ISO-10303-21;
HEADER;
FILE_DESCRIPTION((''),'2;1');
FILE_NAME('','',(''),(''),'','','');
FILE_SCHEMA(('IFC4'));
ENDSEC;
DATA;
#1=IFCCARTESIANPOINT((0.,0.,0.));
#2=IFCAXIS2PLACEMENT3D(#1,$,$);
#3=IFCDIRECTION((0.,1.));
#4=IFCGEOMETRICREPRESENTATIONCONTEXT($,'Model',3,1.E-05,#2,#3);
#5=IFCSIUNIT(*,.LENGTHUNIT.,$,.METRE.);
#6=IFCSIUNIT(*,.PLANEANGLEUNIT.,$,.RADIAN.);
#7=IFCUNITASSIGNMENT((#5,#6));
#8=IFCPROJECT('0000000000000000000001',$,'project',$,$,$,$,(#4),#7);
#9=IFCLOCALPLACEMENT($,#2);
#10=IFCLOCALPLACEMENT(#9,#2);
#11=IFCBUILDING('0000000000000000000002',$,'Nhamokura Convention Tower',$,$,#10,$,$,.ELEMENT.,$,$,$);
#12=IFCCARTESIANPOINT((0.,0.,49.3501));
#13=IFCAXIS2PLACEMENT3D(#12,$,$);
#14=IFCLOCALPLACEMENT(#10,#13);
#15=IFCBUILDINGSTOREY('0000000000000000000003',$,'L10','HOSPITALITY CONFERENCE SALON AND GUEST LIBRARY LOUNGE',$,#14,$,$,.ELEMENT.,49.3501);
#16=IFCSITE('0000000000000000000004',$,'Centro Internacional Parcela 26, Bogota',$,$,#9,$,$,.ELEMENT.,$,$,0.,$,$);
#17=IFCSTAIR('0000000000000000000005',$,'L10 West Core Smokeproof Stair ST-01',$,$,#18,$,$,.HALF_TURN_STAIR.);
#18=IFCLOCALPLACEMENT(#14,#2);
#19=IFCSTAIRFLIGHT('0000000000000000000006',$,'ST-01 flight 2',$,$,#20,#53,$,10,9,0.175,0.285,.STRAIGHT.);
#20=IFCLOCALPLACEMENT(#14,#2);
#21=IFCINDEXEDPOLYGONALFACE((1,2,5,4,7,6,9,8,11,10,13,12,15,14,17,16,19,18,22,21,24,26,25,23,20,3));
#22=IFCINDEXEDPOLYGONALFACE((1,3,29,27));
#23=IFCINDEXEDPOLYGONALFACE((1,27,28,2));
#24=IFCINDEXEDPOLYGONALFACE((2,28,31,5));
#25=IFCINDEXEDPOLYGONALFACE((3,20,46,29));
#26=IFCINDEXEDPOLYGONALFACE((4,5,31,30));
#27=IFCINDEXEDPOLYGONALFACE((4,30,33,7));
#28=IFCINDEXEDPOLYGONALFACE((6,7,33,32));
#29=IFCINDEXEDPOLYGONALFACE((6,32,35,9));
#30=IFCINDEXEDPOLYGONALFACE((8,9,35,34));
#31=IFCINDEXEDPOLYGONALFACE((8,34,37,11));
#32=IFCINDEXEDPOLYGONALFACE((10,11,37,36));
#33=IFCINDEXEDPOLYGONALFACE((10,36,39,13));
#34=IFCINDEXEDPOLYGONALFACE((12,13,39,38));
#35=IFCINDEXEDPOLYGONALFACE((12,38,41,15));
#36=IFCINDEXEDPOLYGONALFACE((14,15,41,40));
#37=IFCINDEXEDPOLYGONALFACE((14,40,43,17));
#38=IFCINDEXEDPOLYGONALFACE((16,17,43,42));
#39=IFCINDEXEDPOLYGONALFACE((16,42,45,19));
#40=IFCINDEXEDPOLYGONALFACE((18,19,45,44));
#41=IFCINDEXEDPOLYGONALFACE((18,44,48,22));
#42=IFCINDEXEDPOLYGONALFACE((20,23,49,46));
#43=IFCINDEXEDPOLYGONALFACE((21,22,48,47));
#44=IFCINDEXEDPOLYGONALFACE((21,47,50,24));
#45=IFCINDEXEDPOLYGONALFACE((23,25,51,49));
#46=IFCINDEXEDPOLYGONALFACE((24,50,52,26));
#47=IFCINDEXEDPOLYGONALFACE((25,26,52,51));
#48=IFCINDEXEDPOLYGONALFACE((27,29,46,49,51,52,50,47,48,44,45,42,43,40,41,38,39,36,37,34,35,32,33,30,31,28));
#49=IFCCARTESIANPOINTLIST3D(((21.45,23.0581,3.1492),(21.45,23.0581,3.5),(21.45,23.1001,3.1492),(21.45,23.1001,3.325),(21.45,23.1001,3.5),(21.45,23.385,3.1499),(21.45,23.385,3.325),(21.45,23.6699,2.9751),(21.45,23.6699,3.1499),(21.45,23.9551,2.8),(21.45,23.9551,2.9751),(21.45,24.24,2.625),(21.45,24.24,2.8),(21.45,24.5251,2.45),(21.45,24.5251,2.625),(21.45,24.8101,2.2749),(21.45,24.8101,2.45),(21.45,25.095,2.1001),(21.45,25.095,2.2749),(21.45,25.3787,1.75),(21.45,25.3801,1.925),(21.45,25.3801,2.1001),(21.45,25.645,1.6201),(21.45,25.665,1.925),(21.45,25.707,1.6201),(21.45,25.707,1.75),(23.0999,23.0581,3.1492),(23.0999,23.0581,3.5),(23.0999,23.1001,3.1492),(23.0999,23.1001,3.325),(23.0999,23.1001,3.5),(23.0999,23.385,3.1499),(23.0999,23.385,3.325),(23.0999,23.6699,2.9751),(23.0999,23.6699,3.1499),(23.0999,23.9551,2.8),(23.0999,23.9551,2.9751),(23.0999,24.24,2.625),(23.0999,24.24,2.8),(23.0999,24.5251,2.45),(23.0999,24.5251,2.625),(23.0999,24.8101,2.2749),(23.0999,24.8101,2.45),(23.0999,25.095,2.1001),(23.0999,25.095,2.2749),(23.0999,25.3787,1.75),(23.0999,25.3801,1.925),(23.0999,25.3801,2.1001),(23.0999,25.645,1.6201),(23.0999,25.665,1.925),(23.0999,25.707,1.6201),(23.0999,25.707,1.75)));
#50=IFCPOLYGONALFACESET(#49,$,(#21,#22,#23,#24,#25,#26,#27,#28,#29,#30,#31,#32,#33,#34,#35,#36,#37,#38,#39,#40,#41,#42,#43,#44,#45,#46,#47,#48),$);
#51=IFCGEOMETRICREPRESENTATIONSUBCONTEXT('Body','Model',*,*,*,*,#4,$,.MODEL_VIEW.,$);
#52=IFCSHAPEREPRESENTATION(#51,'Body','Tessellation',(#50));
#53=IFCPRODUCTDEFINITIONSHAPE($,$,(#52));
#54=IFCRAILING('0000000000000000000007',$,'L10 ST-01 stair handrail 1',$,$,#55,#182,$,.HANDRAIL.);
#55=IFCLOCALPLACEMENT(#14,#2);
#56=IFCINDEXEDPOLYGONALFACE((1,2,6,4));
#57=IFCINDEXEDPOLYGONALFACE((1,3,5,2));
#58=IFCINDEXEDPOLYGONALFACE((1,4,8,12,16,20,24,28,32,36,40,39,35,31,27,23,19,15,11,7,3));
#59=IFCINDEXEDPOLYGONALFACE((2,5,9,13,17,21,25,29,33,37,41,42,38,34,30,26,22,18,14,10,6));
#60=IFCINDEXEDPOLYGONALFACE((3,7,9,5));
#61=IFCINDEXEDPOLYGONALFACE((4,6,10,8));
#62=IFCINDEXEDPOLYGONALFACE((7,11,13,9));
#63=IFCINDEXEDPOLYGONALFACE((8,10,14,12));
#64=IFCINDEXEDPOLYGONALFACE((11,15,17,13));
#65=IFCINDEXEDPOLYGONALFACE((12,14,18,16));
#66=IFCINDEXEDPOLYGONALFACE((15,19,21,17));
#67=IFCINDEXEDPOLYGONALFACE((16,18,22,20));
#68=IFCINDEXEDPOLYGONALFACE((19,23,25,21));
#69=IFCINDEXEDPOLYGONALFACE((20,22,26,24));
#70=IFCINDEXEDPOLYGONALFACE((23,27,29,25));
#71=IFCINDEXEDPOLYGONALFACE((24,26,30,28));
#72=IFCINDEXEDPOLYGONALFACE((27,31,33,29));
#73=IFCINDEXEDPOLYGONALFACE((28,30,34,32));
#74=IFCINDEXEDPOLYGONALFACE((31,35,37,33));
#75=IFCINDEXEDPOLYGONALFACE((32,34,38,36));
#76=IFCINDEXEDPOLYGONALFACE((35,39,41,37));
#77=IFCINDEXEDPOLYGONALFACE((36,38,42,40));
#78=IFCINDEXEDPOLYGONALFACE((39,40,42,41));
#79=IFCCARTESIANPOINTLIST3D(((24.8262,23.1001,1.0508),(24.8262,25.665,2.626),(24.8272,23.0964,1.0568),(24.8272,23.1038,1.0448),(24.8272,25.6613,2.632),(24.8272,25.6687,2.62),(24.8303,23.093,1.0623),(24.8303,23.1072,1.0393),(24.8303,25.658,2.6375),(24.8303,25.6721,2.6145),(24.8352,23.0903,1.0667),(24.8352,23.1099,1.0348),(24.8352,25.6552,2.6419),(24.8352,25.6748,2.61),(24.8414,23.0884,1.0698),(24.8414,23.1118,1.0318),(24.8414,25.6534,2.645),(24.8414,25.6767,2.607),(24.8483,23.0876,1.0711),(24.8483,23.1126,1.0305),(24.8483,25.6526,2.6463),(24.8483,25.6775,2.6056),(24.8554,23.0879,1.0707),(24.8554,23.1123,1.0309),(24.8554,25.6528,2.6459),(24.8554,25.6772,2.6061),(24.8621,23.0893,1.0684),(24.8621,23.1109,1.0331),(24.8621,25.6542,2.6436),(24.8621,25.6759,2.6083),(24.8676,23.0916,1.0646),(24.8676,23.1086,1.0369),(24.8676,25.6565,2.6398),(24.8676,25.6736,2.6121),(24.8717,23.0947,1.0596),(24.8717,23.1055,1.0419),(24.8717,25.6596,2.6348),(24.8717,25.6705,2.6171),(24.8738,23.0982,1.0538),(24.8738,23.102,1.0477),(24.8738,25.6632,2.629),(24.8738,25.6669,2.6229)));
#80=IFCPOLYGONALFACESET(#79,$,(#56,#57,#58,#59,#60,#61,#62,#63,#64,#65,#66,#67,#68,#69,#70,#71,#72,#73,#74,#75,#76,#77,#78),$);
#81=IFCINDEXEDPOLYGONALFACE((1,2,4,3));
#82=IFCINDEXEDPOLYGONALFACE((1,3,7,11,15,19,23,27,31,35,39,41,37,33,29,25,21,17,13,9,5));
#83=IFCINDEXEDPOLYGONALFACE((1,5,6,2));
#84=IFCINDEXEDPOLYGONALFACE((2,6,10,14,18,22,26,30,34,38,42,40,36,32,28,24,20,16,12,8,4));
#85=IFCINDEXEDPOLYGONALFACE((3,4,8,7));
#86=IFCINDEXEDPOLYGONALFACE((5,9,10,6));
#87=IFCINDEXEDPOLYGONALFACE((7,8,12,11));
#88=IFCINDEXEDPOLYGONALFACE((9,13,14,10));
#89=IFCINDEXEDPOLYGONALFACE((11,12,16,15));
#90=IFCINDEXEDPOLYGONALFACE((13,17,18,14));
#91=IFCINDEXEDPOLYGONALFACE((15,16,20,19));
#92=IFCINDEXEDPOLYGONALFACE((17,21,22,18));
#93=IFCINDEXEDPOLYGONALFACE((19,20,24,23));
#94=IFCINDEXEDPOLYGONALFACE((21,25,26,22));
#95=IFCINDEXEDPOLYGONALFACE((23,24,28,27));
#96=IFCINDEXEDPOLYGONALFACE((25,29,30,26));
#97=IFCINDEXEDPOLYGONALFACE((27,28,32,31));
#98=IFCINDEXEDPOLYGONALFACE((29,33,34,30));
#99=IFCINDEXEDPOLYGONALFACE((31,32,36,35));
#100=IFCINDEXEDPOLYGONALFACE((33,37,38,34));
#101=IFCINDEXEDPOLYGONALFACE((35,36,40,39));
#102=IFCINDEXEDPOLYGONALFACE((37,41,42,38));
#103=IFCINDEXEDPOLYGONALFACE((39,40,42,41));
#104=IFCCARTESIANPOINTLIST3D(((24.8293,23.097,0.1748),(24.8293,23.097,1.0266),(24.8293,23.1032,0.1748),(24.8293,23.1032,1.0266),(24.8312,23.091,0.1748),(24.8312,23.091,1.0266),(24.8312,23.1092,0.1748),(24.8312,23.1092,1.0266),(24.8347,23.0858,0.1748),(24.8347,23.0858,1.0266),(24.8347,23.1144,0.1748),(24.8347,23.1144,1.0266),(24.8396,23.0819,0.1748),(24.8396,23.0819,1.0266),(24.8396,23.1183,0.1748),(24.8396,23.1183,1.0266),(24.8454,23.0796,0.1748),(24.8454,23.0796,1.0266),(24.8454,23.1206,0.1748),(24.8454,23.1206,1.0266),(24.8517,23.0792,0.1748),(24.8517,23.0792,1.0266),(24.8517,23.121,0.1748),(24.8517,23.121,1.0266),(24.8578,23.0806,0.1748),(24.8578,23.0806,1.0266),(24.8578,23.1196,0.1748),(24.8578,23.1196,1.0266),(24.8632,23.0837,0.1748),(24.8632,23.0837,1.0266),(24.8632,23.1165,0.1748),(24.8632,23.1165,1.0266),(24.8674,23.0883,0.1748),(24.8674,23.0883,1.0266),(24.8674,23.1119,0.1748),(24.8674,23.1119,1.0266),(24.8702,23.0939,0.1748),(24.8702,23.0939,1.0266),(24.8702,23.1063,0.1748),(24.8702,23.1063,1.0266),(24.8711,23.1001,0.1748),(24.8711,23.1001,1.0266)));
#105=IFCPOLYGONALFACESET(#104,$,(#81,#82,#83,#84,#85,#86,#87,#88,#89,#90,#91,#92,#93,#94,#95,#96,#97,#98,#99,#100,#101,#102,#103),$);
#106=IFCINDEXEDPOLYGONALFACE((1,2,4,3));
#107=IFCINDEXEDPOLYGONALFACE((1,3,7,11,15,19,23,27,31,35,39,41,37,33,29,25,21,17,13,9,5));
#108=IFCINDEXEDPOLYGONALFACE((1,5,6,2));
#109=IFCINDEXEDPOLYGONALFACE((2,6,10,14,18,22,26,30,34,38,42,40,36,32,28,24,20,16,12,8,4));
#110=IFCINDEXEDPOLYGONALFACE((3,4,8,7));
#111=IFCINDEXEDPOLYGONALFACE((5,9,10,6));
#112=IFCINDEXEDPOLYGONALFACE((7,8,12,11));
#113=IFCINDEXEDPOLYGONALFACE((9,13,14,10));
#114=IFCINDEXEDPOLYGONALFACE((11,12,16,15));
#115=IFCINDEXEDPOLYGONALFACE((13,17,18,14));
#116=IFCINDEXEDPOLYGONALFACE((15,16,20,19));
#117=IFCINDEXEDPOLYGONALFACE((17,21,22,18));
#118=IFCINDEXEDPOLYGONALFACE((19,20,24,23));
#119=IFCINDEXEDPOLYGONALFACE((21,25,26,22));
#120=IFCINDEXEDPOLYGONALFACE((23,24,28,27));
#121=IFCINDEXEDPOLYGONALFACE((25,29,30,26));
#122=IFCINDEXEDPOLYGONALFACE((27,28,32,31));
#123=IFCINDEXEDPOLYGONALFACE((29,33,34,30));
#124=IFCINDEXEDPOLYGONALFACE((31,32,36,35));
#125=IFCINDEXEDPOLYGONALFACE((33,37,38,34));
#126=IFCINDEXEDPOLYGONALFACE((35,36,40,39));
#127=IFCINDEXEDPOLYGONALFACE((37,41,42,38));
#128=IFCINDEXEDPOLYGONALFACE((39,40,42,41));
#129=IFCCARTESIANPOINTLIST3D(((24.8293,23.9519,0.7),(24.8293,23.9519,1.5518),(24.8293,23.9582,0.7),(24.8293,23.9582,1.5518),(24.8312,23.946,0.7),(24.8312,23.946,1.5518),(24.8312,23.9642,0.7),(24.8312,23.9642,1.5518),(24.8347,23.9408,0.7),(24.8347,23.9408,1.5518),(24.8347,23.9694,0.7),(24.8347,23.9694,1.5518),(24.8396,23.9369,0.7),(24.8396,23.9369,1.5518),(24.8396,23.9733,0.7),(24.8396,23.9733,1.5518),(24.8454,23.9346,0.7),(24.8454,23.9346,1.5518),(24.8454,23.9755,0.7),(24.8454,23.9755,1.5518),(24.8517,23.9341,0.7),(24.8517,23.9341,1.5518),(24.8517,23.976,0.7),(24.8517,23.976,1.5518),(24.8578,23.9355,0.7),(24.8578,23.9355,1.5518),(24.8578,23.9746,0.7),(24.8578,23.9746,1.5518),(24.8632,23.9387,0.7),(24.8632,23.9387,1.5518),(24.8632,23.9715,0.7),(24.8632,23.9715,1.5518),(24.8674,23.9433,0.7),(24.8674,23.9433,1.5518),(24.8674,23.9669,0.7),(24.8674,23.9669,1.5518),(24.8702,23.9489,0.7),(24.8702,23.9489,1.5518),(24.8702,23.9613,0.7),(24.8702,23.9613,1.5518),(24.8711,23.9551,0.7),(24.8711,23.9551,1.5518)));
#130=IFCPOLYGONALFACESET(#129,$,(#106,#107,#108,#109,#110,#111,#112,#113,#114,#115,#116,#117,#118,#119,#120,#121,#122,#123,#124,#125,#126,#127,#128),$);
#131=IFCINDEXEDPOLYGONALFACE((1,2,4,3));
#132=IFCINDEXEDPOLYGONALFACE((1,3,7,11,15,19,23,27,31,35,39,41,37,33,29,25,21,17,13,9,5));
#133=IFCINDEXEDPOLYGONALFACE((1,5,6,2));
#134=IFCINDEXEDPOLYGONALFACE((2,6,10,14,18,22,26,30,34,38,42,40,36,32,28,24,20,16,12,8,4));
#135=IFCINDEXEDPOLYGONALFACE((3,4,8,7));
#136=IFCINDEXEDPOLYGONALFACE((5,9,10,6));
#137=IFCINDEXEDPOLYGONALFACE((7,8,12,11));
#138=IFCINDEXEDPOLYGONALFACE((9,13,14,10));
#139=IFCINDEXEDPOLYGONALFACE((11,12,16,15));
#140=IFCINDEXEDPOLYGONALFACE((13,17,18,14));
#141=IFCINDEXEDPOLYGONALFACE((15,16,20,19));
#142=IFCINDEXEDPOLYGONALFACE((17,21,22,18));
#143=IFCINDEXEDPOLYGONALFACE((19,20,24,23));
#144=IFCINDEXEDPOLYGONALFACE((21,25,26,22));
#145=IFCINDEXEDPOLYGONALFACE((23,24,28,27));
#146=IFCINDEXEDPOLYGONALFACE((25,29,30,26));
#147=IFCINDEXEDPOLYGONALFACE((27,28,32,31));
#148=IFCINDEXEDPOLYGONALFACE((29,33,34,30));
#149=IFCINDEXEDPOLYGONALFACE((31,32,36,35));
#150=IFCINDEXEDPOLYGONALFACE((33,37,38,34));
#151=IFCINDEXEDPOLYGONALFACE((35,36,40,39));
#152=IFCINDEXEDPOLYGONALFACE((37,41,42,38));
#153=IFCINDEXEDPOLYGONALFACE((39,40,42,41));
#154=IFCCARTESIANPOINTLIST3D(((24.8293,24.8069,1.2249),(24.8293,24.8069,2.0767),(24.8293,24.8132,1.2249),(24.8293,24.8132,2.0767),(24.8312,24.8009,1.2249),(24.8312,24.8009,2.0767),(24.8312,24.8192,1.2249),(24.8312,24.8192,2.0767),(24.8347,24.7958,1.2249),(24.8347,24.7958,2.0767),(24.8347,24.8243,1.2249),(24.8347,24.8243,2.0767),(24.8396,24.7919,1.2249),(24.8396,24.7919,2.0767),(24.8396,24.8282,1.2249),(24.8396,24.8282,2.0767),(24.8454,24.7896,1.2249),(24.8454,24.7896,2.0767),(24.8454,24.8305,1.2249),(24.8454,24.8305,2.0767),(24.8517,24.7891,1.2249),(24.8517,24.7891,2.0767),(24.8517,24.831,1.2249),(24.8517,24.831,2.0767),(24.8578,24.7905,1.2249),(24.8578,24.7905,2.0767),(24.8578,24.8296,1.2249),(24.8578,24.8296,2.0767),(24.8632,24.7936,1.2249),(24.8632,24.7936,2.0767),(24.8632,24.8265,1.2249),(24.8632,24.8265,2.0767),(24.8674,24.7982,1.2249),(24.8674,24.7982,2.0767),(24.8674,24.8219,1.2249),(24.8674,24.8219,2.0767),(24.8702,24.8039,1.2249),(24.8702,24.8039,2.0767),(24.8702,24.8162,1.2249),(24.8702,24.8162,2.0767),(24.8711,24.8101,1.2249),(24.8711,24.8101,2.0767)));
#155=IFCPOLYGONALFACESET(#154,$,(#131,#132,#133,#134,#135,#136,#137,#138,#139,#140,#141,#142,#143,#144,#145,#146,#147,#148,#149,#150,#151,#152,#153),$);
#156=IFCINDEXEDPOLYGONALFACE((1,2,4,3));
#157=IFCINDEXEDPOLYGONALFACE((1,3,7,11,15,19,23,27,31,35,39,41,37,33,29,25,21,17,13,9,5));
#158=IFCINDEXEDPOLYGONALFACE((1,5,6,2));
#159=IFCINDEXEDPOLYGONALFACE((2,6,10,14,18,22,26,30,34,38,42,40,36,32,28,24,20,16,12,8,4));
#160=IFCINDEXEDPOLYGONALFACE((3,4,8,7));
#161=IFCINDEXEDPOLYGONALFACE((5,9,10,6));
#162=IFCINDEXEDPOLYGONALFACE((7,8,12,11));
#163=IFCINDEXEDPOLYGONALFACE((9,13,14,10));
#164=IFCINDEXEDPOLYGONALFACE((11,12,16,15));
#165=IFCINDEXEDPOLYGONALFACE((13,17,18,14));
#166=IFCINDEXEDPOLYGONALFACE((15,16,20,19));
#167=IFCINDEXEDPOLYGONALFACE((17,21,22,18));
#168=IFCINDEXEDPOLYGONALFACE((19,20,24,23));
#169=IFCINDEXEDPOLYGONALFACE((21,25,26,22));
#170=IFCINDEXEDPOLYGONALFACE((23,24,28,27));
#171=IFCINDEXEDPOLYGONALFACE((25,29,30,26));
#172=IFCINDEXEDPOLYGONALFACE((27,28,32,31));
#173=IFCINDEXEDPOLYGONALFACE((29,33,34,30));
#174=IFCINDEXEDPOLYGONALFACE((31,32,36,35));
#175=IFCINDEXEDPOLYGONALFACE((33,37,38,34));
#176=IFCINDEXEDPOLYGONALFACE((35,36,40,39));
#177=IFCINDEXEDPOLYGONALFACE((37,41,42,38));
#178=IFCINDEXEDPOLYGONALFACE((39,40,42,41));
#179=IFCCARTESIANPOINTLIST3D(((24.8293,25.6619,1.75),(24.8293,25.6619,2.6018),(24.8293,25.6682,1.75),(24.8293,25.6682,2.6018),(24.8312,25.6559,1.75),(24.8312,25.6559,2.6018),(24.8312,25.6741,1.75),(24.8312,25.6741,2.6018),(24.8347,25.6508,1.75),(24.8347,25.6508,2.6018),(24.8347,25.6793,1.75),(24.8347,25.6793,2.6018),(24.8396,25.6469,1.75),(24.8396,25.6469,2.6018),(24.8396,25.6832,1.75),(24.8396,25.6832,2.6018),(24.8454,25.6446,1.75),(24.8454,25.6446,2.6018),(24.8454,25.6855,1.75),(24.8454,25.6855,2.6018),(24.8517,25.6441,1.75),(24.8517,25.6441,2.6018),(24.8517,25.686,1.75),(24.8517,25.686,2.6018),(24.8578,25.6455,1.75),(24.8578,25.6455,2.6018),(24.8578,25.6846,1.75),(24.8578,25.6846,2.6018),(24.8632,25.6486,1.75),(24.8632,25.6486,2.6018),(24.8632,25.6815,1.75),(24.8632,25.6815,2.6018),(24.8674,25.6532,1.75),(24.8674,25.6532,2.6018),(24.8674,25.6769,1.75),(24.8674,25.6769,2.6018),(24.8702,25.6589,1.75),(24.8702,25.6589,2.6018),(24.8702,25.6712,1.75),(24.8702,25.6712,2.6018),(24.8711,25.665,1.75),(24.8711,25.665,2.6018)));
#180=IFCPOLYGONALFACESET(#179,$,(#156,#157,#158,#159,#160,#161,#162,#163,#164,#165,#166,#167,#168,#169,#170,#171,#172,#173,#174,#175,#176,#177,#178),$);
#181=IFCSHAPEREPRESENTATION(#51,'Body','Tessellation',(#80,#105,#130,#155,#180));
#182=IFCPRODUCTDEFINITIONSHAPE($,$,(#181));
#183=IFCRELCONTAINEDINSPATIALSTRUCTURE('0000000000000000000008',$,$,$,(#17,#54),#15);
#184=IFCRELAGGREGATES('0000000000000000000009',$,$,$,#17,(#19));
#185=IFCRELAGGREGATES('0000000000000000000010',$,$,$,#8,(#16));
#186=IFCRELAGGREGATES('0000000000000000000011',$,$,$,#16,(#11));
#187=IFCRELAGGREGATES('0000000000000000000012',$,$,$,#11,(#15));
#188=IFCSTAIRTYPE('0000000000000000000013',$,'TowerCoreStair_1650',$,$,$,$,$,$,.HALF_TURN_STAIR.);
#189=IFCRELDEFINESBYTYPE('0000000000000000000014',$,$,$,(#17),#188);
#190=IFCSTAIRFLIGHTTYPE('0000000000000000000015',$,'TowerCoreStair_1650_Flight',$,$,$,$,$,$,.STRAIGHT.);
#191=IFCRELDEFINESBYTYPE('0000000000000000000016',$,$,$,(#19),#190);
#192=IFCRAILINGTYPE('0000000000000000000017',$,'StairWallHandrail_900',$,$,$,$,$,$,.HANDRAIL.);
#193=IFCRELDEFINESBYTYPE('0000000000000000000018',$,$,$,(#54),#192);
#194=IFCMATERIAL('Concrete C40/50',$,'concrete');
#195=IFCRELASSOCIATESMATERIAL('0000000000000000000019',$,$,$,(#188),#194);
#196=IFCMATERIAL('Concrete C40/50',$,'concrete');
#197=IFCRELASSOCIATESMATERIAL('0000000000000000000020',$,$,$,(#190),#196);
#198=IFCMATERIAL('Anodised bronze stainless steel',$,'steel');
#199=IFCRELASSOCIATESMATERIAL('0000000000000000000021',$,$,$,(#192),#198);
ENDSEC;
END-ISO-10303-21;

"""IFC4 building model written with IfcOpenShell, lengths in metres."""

from ifc_helpers import new_model, si_unit, direction, frame, origin, origin_2d, place, context, subcontext, project, spatial, polyline, circle, outline, extrude, material, type_object, element, aggregate, save


model = new_model("IFC4")

# Units and contexts
model_context = context("Model", 3, precision=1e-05, world=origin(), true_north=direction((0.0, 1.0)))
body_context = subcontext(model_context, "Body", "Model", "MODEL_VIEW")
ifc_project = project(units=[si_unit("LENGTHUNIT", "METRE"), si_unit("PLANEANGLEUNIT", "RADIAN")], contexts=[model_context])

# Site, building, storey
site_placement = place(None, origin())
site = spatial("IfcSite", under=ifc_project, at=site_placement, Name="Centro Internacional Parcela 26, Bogota", CompositionType="ELEMENT", RefElevation=0.0)
building_placement = place(site_placement, origin())
building = spatial("IfcBuilding", under=site, at=building_placement, Name="Nhamokura Convention Tower", CompositionType="ELEMENT")
storey_placement = place(building_placement, frame((0.0, 0.0, 49.3501)))
storey = spatial("IfcBuildingStorey", under=building, at=storey_placement, Name="L10", Description="HOSPITALITY CONFERENCE SALON AND GUEST LIBRARY LOUNGE", CompositionType="ELEMENT", Elevation=49.3501)

# Stair, stair flight
ifc_material_1 = material(Name="Concrete C40/50", Category="concrete")
stair_type = type_object("IfcStairType", Name="TowerCoreStair_1650", PredefinedType="HALF_TURN_STAIR", material=ifc_material_1)
stair_placement = place(storey_placement, origin())
stair = element("IfcStair", 1, at=stair_placement, inside=storey, type_object=stair_type, Name="L10 West Core Smokeproof Stair ST-01", PredefinedType="HALF_TURN_STAIR")
ifc_material_2 = material(Name="Concrete C40/50", Category="concrete")
stair_flight_type = type_object("IfcStairFlightType", Name="TowerCoreStair_1650_Flight", PredefinedType="STRAIGHT", material=ifc_material_2)
stair_flight_1_placement = place(storey_placement, frame((22.2749, 25.665, 1.75), z_axis=(0.0, 0.0, 1.0), x_axis=(0.0, -1.0, 0.0)))
stair_flight_1 = element("IfcStairFlight", 2, at=stair_flight_1_placement, type_object=stair_flight_type, Name="ST-01 flight 2", NumberOfRisers=10, NumberOfTreads=9, PredefinedType="STRAIGHT", RiserHeight=0.175, TreadLength=0.285, context=body_context, shape_type="SweptSolid", body=[
    extrude(outline(polyline([(-0.042, 0.0), (0.0, 0.175), (0.2849, 0.175), (0.2849, 0.3501), (0.5701, 0.3501), (0.5701, 0.5249), (0.855, 0.5249), (0.855, 0.7), (1.1399, 0.7), (1.1399, 0.875), (1.425, 0.875), (1.425, 1.05), (1.71, 1.05), (1.71, 1.2251), (1.9951, 1.2251), (1.9951, 1.3999), (2.28, 1.3999), (2.28, 1.575), (2.5649, 1.575), (2.5649, 1.75), (2.6069, 1.75), (2.6069, 1.3992), (2.5649, 1.3992), (0.2864, 0.0), (0.02, -0.1299), (-0.042, -0.1299), (-0.042, 0.0)])), frame((0.0, 0.825, 0.0), z_axis=(0.0, -1.0, 0.0), x_axis=(1.0, 0.0, 0.0)), (0.0, 0.0, 1.0), 1.6499),
])
aggregate(stair, [stair_flight_1])

# Railing
ifc_material_3 = material(Name="Anodised bronze stainless steel", Category="steel")
railing_type_1 = type_object("IfcRailingType", Name="StairWallHandrail_900", PredefinedType="HANDRAIL", material=ifc_material_3)
railing_1_placement = place(storey_placement, frame((24.8501, 23.1001, 0.1748)))
element("IfcRailing", 3, at=railing_1_placement, inside=storey, type_object=railing_type_1, Name="L10 ST-01 stair handrail 1", PredefinedType="HANDRAIL", context=body_context, shape_type="SweptSolid", body=[
    extrude(circle(Radius=0.0239, at=origin_2d()), frame((0.0, 0.0, 0.876), z_axis=(0.0, 0.852137, 0.523319), x_axis=(-1.0, 0.0, 0.0)), (0.0, 0.0, 1.0), 3.01),
    extrude(circle(Radius=0.021, at=origin_2d()), origin(), (0.0, 0.0, 1.0), 0.8518),
    extrude(circle(Radius=0.021, at=origin_2d()), frame((0.0, 0.855, 0.5251)), (0.0, 0.0, 1.0), 0.8518),
    extrude(circle(Radius=0.021, at=origin_2d()), frame((0.0, 1.71, 1.05)), (0.0, 0.0, 1.0), 0.8518),
    extrude(circle(Radius=0.021, at=origin_2d()), frame((0.0, 2.5649, 1.5752)), (0.0, 0.0, 1.0), 0.8518),
])

save(model, "model.ifc")
